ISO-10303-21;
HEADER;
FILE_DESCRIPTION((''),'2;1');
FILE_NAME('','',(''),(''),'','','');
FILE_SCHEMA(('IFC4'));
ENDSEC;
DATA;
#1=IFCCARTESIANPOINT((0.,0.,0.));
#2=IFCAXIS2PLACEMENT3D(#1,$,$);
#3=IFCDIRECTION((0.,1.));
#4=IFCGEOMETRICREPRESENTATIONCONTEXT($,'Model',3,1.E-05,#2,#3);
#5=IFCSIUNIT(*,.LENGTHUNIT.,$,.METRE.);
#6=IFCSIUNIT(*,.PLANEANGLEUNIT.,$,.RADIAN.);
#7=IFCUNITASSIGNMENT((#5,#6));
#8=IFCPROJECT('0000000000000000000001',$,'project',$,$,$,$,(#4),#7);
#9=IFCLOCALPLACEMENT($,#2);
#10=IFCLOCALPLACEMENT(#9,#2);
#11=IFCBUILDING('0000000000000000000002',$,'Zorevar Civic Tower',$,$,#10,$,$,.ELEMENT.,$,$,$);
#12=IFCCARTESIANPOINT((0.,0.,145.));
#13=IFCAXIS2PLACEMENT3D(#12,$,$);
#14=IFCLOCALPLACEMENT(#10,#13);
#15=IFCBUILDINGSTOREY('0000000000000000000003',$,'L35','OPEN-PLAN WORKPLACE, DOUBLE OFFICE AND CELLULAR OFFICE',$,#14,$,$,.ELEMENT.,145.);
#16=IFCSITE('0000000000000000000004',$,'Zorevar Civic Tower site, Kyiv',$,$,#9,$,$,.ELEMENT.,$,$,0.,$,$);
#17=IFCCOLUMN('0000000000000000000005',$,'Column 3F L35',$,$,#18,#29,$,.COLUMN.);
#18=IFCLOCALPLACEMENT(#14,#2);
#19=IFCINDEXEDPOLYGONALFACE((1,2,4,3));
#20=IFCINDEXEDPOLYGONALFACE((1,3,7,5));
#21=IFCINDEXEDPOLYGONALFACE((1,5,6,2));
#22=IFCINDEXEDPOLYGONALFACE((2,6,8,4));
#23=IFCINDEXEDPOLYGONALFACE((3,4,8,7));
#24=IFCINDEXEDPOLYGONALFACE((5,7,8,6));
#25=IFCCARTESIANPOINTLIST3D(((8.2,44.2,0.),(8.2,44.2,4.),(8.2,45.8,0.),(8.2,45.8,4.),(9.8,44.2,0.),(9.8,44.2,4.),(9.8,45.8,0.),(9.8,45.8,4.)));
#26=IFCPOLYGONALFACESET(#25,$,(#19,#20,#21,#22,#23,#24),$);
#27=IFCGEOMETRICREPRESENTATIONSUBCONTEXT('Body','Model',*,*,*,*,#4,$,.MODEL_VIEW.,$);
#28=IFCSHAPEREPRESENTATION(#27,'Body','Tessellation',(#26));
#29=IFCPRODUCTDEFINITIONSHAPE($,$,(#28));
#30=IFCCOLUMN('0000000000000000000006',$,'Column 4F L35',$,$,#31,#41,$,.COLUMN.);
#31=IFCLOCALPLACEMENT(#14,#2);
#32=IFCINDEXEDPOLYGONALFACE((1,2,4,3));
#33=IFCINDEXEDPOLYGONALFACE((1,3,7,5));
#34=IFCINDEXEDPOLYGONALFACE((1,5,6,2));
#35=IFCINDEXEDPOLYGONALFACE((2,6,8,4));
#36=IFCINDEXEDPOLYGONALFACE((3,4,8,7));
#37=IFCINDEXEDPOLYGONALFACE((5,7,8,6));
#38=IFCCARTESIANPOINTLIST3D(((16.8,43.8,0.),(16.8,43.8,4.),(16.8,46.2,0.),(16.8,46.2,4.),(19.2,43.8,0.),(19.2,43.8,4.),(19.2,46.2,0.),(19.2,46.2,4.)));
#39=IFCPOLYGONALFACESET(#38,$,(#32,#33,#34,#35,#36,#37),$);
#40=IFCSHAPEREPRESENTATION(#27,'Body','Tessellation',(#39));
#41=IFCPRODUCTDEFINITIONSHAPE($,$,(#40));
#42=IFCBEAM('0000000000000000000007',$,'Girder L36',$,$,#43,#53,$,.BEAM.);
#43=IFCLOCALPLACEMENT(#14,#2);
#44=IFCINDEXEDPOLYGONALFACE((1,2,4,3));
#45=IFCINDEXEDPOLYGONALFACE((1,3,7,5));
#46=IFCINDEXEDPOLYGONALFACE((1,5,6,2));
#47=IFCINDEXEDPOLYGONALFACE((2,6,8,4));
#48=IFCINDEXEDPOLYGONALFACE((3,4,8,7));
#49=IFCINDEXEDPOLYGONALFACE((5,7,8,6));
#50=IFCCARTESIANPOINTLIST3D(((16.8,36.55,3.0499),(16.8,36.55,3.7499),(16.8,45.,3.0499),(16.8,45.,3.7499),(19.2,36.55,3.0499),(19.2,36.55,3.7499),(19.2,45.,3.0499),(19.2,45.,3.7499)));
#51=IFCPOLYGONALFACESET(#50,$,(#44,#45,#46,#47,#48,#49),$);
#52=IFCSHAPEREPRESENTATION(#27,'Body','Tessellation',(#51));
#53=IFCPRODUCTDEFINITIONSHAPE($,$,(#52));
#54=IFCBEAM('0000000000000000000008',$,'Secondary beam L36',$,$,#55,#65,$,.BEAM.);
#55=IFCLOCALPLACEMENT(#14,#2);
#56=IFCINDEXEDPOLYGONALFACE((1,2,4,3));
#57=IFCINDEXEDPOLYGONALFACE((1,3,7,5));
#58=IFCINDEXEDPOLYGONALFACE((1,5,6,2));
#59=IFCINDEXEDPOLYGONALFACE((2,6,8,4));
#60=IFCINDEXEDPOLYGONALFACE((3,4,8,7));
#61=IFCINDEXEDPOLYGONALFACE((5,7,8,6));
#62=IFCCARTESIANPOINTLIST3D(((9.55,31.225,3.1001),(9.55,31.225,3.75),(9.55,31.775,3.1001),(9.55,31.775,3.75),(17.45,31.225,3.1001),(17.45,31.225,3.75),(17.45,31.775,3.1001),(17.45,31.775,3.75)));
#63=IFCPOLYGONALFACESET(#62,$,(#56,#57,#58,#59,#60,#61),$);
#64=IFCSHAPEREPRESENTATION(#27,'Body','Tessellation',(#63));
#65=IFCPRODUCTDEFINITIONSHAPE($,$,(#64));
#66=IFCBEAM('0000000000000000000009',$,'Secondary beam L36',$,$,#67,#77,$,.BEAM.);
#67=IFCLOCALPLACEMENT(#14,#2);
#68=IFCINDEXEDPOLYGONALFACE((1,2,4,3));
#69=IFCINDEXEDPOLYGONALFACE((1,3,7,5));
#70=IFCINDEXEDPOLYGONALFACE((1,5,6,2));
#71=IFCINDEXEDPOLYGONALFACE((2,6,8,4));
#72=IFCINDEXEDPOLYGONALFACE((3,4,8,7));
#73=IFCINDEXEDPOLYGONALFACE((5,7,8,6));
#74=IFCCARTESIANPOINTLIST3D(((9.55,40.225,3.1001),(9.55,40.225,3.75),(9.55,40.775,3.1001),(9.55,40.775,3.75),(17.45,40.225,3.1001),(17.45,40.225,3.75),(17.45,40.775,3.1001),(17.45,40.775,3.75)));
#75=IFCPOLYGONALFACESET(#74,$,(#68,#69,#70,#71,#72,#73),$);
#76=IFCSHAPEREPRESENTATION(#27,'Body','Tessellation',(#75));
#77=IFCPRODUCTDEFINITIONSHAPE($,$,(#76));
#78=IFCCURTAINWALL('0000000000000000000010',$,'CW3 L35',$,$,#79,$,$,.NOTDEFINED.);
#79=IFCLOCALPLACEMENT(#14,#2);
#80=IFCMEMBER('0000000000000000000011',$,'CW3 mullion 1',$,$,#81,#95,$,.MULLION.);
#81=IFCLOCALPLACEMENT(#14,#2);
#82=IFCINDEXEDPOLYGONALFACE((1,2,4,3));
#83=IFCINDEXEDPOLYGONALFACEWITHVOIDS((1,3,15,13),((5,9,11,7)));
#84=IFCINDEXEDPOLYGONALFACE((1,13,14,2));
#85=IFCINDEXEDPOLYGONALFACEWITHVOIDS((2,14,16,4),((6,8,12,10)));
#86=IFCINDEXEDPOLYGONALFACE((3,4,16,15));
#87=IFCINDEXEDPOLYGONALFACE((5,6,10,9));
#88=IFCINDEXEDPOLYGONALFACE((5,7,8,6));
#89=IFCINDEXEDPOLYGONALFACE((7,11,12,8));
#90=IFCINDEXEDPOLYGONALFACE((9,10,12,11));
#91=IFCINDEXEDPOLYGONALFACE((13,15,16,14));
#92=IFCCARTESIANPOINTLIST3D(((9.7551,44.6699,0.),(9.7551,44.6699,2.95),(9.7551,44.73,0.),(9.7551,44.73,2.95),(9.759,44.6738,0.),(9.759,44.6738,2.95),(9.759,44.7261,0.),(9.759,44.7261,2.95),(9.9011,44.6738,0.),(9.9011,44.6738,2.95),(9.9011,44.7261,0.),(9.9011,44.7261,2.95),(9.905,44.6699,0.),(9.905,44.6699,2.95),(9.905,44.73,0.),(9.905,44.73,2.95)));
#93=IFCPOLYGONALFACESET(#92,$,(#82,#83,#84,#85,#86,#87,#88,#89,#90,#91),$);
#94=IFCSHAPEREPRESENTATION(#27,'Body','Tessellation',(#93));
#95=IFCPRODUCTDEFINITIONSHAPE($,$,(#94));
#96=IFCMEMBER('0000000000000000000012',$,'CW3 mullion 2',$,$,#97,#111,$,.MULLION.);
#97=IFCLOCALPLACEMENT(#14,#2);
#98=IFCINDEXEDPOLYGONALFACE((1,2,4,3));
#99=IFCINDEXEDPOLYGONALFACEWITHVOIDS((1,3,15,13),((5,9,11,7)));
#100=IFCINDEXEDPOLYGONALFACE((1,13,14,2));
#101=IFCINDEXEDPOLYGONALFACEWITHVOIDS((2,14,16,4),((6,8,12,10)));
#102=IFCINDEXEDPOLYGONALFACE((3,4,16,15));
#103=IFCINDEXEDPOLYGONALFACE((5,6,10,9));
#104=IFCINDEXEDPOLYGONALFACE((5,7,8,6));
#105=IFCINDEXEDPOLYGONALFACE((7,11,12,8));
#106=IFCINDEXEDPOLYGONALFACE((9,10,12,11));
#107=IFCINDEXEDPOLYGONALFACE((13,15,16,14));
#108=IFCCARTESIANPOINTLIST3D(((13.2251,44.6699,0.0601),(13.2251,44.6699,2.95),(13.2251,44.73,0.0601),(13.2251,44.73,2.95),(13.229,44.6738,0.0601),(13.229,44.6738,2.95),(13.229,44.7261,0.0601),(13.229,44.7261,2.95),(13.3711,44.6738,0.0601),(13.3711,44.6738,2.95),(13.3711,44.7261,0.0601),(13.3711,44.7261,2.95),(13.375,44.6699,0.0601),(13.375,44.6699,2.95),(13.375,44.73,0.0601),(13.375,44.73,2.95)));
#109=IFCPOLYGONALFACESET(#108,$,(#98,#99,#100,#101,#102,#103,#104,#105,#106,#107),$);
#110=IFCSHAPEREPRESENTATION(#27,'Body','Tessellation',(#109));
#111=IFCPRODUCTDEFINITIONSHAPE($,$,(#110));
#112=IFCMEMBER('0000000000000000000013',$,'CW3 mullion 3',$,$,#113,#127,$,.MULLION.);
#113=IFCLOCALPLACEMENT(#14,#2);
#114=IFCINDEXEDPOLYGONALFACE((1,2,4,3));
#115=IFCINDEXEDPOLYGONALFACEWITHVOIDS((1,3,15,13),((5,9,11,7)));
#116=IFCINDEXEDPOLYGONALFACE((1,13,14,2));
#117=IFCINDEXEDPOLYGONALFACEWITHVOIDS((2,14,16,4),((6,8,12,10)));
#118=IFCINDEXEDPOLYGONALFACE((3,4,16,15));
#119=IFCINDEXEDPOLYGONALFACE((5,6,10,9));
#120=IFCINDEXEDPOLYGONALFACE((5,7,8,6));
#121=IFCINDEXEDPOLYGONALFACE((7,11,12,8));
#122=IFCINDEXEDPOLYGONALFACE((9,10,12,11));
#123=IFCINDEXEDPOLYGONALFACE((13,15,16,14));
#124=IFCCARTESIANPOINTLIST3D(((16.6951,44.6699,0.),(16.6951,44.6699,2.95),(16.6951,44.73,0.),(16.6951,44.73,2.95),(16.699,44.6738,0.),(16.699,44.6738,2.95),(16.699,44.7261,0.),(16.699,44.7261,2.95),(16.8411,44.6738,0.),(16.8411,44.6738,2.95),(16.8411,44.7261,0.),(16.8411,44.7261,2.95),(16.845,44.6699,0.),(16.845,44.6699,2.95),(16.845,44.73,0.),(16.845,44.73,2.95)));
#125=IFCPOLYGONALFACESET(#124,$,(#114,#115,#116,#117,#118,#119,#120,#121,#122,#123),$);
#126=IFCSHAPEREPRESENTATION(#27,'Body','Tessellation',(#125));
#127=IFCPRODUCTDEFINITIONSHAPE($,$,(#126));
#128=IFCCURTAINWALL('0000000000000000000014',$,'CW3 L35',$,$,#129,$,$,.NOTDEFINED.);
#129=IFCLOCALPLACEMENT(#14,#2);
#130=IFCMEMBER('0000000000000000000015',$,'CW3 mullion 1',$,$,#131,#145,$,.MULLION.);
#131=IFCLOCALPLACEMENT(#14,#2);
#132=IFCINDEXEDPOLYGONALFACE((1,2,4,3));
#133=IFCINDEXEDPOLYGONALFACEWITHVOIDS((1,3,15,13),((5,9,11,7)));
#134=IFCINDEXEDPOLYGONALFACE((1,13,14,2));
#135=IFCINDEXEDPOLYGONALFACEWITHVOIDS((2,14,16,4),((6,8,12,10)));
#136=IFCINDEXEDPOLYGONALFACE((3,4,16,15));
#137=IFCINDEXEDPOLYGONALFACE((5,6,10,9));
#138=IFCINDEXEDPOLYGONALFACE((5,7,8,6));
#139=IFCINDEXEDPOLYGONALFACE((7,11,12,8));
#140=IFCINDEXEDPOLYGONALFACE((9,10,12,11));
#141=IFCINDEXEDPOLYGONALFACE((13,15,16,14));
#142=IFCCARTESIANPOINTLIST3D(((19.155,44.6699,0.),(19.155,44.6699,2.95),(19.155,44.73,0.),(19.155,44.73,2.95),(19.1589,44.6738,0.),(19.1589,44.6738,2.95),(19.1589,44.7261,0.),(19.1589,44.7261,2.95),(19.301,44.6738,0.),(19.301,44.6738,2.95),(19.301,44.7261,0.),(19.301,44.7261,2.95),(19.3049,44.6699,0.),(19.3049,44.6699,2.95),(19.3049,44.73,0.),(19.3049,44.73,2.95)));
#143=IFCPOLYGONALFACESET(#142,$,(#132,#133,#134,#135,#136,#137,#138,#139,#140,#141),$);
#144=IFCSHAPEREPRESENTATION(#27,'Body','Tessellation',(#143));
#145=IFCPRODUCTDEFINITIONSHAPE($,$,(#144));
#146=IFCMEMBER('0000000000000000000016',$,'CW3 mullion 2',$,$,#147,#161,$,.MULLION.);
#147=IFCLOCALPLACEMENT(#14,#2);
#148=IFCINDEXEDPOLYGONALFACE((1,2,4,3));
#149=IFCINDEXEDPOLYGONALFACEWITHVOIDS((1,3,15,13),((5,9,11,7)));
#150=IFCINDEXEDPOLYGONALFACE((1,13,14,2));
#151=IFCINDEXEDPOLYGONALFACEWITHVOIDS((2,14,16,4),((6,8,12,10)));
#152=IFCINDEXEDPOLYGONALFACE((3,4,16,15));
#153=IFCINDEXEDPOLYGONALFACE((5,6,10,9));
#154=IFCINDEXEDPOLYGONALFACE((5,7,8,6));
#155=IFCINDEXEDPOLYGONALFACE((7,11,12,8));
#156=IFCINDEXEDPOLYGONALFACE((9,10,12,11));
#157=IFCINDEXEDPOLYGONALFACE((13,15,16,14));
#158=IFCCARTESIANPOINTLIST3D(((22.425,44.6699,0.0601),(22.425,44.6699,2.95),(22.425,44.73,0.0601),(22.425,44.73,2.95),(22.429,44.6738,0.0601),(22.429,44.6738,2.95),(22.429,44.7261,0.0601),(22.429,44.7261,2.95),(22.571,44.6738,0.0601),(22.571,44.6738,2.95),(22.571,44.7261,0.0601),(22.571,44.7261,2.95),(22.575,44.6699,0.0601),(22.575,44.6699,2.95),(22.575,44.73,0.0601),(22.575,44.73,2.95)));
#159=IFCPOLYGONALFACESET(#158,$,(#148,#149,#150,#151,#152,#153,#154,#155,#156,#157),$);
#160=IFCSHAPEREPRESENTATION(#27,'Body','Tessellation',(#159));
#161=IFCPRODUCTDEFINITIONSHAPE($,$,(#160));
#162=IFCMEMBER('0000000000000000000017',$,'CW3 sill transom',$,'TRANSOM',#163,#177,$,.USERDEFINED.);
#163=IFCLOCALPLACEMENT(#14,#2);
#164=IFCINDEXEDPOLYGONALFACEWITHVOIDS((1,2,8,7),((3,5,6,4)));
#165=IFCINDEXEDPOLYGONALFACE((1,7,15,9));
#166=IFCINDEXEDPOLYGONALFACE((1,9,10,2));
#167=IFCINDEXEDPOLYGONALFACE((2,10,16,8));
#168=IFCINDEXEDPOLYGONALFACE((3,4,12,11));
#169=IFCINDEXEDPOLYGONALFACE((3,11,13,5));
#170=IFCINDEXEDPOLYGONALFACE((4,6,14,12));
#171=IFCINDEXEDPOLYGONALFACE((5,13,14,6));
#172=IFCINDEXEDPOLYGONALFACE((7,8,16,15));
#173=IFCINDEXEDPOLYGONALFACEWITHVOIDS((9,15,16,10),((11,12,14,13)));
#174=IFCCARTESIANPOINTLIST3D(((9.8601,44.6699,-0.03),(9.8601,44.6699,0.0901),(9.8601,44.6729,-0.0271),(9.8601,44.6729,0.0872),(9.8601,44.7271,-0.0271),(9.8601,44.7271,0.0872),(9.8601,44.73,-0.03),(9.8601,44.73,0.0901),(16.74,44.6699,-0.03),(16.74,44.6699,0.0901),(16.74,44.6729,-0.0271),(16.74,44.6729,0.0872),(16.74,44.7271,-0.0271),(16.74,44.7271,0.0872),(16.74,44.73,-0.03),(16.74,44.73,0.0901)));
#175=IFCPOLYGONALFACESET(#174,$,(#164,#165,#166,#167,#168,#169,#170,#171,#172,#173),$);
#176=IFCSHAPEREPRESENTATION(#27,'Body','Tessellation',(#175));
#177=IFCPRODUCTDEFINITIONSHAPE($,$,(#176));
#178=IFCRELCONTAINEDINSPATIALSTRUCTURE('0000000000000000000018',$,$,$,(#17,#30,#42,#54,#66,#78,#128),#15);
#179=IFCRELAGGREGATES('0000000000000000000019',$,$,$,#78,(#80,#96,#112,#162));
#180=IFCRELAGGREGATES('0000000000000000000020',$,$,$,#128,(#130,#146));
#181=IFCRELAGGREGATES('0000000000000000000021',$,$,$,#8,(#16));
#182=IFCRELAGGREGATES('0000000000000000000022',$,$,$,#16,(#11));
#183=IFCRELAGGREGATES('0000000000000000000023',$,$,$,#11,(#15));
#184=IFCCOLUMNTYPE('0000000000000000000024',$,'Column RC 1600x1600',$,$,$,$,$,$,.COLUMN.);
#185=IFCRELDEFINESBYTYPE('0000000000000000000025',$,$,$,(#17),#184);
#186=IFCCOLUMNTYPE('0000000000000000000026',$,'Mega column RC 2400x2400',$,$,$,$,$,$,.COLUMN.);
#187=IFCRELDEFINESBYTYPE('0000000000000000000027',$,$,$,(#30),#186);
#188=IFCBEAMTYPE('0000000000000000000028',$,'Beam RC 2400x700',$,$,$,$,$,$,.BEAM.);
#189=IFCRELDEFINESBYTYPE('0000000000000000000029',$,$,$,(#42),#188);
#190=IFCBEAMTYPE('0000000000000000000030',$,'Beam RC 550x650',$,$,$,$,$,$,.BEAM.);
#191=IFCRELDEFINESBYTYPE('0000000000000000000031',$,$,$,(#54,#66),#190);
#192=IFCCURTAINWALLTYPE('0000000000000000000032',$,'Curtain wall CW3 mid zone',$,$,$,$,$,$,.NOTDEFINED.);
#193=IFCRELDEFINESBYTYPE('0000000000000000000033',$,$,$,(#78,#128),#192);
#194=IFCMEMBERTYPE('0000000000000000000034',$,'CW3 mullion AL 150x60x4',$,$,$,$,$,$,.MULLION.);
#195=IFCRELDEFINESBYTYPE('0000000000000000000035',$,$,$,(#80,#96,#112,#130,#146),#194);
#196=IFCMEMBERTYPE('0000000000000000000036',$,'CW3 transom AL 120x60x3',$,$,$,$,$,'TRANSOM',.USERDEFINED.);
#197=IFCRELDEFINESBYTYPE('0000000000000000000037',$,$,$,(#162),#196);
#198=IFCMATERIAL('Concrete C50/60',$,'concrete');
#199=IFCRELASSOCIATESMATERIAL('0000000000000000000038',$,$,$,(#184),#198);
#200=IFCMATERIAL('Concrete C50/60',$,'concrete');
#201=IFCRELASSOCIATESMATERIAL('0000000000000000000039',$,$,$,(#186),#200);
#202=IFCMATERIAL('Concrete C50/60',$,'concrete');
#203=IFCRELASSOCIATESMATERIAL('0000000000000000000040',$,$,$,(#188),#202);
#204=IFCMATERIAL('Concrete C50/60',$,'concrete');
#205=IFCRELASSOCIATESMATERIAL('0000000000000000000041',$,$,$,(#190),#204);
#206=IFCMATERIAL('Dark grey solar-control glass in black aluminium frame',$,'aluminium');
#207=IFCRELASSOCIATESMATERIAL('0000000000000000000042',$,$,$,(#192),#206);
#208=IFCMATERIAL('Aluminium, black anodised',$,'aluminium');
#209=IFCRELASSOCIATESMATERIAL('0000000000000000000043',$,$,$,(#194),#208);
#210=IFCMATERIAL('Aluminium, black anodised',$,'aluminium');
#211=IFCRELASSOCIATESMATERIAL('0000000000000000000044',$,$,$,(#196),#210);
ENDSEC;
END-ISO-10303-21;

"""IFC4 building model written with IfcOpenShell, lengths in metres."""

from ifc_helpers import new_model, si_unit, direction, frame, origin, origin_2d, place, context, subcontext, project, spatial, rectangle, hollow_rectangle, extrude, material, material_profile, profile_set, type_object, element, aggregate, save


model = new_model("IFC4")

# Units and contexts
model_context = context("Model", 3, precision=1e-05, world=origin(), true_north=direction((0.0, 1.0)))
body_context = subcontext(model_context, "Body", "Model", "MODEL_VIEW")
ifc_project = project(units=[si_unit("LENGTHUNIT", "METRE"), si_unit("PLANEANGLEUNIT", "RADIAN")], contexts=[model_context])

# Site, building, storey
site_placement = place(None, origin())
site = spatial("IfcSite", under=ifc_project, at=site_placement, Name="Zorevar Civic Tower site, Kyiv", CompositionType="ELEMENT", RefElevation=0.0)
building_placement = place(site_placement, origin())
building = spatial("IfcBuilding", under=site, at=building_placement, Name="Zorevar Civic Tower", CompositionType="ELEMENT")
storey_placement = place(building_placement, frame((0.0, 0.0, 145.0)))
storey = spatial("IfcBuildingStorey", under=building, at=storey_placement, Name="L35", Description="OPEN-PLAN WORKPLACE, DOUBLE OFFICE AND CELLULAR OFFICE", CompositionType="ELEMENT", Elevation=145.0)

# Columns
ifc_material_1 = material(Name="Concrete C50/60", Category="concrete")
ifc_material_profile_1 = material_profile(ifc_material_1, rectangle(XDim=1.6001, YDim=1.6001, at=origin_2d()), Name="RC 1600x1600")
ifc_profile_set_1 = profile_set([ifc_material_profile_1], Name="Concrete C50/60")
column_type_1 = type_object("IfcColumnType", Name="Column RC 1600x1600", PredefinedType="COLUMN", material=ifc_profile_set_1)
column_1_placement = place(storey_placement, frame((9.0, 45.0, 0.0), z_axis=(0.0, 0.0, 1.0), x_axis=(1.0, 0.0, 0.0)))
element("IfcColumn", 1, at=column_1_placement, inside=storey, type_object=column_type_1, Name="Column 3F L35", PredefinedType="COLUMN", context=body_context, shape_type="SweptSolid", body=[
    extrude(rectangle(XDim=1.6001, YDim=1.6001, at=origin_2d()), origin(), (0.0, 0.0, 1.0), 4.0),
])
ifc_material_2 = material(Name="Concrete C50/60", Category="concrete")
ifc_material_profile_2 = material_profile(ifc_material_2, rectangle(XDim=2.3999, YDim=2.3999, at=origin_2d()), Name="RC 2400x2400")
ifc_profile_set_2 = profile_set([ifc_material_profile_2], Name="Concrete C50/60")
column_type_2 = type_object("IfcColumnType", Name="Mega column RC 2400x2400", PredefinedType="COLUMN", material=ifc_profile_set_2)
column_2_placement = place(storey_placement, frame((18.0, 45.0, 0.0), z_axis=(0.0, 0.0, 1.0), x_axis=(1.0, 0.0, 0.0)))
element("IfcColumn", 2, at=column_2_placement, inside=storey, type_object=column_type_2, Name="Column 4F L35", PredefinedType="COLUMN", context=body_context, shape_type="SweptSolid", body=[
    extrude(rectangle(XDim=2.3999, YDim=2.3999, at=origin_2d()), origin(), (0.0, 0.0, 1.0), 4.0),
])

# Beams
ifc_material_3 = material(Name="Concrete C50/60", Category="concrete")
ifc_material_profile_3 = material_profile(ifc_material_3, rectangle(XDim=2.3999, YDim=0.7, at=origin_2d()), Name="RC 2400x700")
ifc_profile_set_3 = profile_set([ifc_material_profile_3], Name="Concrete C50/60")
beam_type_1 = type_object("IfcBeamType", Name="Beam RC 2400x700", PredefinedType="BEAM", material=ifc_profile_set_3)
beam_1_placement = place(storey_placement, frame((18.0, 36.55, 3.3999), z_axis=(0.0, 1.0, 0.0), x_axis=(-1.0, 0.0, 0.0)))
element("IfcBeam", 3, at=beam_1_placement, inside=storey, type_object=beam_type_1, Name="Girder L36", PredefinedType="BEAM", context=body_context, shape_type="SweptSolid", body=[
    extrude(rectangle(XDim=2.3999, YDim=0.7, at=origin_2d()), origin(), (0.0, 0.0, 1.0), 8.45),
])
ifc_material_4 = material(Name="Concrete C50/60", Category="concrete")
ifc_material_profile_4 = material_profile(ifc_material_4, rectangle(XDim=0.55, YDim=0.6499, at=origin_2d()), Name="RC 550x650")
ifc_profile_set_4 = profile_set([ifc_material_profile_4], Name="Concrete C50/60")
beam_type_2 = type_object("IfcBeamType", Name="Beam RC 550x650", PredefinedType="BEAM", material=ifc_profile_set_4)
for number, where, z_axis, x_axis, name in (
    (4, (9.55, 31.5, 3.425), (1.0, 0.0, 0.0), (0.0, 1.0, 0.0), "Secondary beam L36"),
    (5, (9.55, 40.5, 3.425), (1.0, 0.0, 0.0), (0.0, 1.0, 0.0), "Secondary beam L36"),
):
    element("IfcBeam", number, at=place(storey_placement, frame(where, z_axis=z_axis, x_axis=x_axis)), inside=storey, type_object=beam_type_2, Name=name, PredefinedType="BEAM", context=body_context, shape_type="SweptSolid", body=[
        extrude(rectangle(XDim=0.55, YDim=0.6499, at=origin_2d()), origin(), (0.0, 0.0, 1.0), 7.8999),
    ])

# Curtain walls, members
ifc_material_5 = material(Name="Dark grey solar-control glass in black aluminium frame", Category="aluminium")
curtain_wall_type = type_object("IfcCurtainWallType", Name="Curtain wall CW3 mid zone", PredefinedType="NOTDEFINED", material=ifc_material_5)
curtain_wall_1_placement = place(storey_placement, origin())
curtain_wall_1 = element("IfcCurtainWall", 6, at=curtain_wall_1_placement, inside=storey, type_object=curtain_wall_type, Name="CW3 L35", PredefinedType="NOTDEFINED")
ifc_material_6 = material(Name="Aluminium, black anodised", Category="aluminium")
ifc_material_profile_5 = material_profile(ifc_material_6, hollow_rectangle(XDim=0.0601, YDim=0.1499, WallThickness=0.0039, at=origin_2d()), Name="AL 150x60x4")
ifc_profile_set_5 = profile_set([ifc_material_profile_5], Name="Aluminium, black anodised")
member_type_1 = type_object("IfcMemberType", Name="CW3 mullion AL 150x60x4", PredefinedType="MULLION", material=ifc_profile_set_5)
member_1_placement = place(storey_placement, frame((9.8301, 44.7, 0.0), z_axis=(0.0, 0.0, 1.0), x_axis=(0.0, 1.0, 0.0)))
member_1 = element("IfcMember", 7, at=member_1_placement, type_object=member_type_1, Name="CW3 mullion 1", PredefinedType="MULLION", context=body_context, shape_type="SweptSolid", body=[
    extrude(hollow_rectangle(XDim=0.0601, YDim=0.1499, WallThickness=0.0039, at=origin_2d()), origin(), (0.0, 0.0, 1.0), 2.95),
])
member_2_placement = place(storey_placement, frame((13.3, 44.7, 0.0601), z_axis=(0.0, 0.0, 1.0), x_axis=(0.0, 1.0, 0.0)))
member_2 = element("IfcMember", 8, at=member_2_placement, type_object=member_type_1, Name="CW3 mullion 2", PredefinedType="MULLION", context=body_context, shape_type="SweptSolid", body=[
    extrude(hollow_rectangle(XDim=0.0601, YDim=0.1499, WallThickness=0.0039, at=origin_2d()), origin(), (0.0, 0.0, 1.0), 2.8899),
])
member_3_placement = place(storey_placement, frame((16.77, 44.7, 0.0), z_axis=(0.0, 0.0, 1.0), x_axis=(0.0, 1.0, 0.0)))
member_3 = element("IfcMember", 9, at=member_3_placement, type_object=member_type_1, Name="CW3 mullion 3", PredefinedType="MULLION", context=body_context, shape_type="SweptSolid", body=[
    extrude(hollow_rectangle(XDim=0.0601, YDim=0.1499, WallThickness=0.0039, at=origin_2d()), origin(), (0.0, 0.0, 1.0), 2.95),
])
curtain_wall_2_placement = place(storey_placement, origin())
curtain_wall_2 = element("IfcCurtainWall", 10, at=curtain_wall_2_placement, inside=storey, type_object=curtain_wall_type, Name="CW3 L35", PredefinedType="NOTDEFINED")
member_4_placement = place(storey_placement, frame((19.23, 44.7, 0.0), z_axis=(0.0, 0.0, 1.0), x_axis=(0.0, 1.0, 0.0)))
member_4 = element("IfcMember", 11, at=member_4_placement, type_object=member_type_1, Name="CW3 mullion 1", PredefinedType="MULLION", context=body_context, shape_type="SweptSolid", body=[
    extrude(hollow_rectangle(XDim=0.0601, YDim=0.1499, WallThickness=0.0039, at=origin_2d()), origin(), (0.0, 0.0, 1.0), 2.95),
])
member_5_placement = place(storey_placement, frame((22.5, 44.7, 0.0601), z_axis=(0.0, 0.0, 1.0), x_axis=(0.0, 1.0, 0.0)))
member_5 = element("IfcMember", 12, at=member_5_placement, type_object=member_type_1, Name="CW3 mullion 2", PredefinedType="MULLION", context=body_context, shape_type="SweptSolid", body=[
    extrude(hollow_rectangle(XDim=0.0601, YDim=0.1499, WallThickness=0.0039, at=origin_2d()), origin(), (0.0, 0.0, 1.0), 2.8899),
])

# Member
ifc_material_7 = material(Name="Aluminium, black anodised", Category="aluminium")
ifc_material_profile_6 = material_profile(ifc_material_7, hollow_rectangle(XDim=0.0601, YDim=0.1201, WallThickness=0.0029, at=origin_2d()), Name="AL 120x60x3")
ifc_profile_set_6 = profile_set([ifc_material_profile_6], Name="Aluminium, black anodised")
member_type_2 = type_object("IfcMemberType", Name="CW3 transom AL 120x60x3", ElementType="TRANSOM", PredefinedType="USERDEFINED", material=ifc_profile_set_6)
member_6_placement = place(storey_placement, frame((9.8601, 44.7, 0.03), z_axis=(1.0, 0.0, 0.0), x_axis=(0.0, 1.0, 0.0)))
member_6 = element("IfcMember", 13, at=member_6_placement, type_object=member_type_2, Name="CW3 sill transom", ObjectType="TRANSOM", PredefinedType="USERDEFINED", context=body_context, shape_type="SweptSolid", body=[
    extrude(hollow_rectangle(XDim=0.0601, YDim=0.1201, WallThickness=0.0029, at=origin_2d()), origin(), (0.0, 0.0, 1.0), 6.8799),
])

aggregate(curtain_wall_1, [member_1, member_2, member_3, member_6])
aggregate(curtain_wall_2, [member_4, member_5])

save(model, "model.ifc")
